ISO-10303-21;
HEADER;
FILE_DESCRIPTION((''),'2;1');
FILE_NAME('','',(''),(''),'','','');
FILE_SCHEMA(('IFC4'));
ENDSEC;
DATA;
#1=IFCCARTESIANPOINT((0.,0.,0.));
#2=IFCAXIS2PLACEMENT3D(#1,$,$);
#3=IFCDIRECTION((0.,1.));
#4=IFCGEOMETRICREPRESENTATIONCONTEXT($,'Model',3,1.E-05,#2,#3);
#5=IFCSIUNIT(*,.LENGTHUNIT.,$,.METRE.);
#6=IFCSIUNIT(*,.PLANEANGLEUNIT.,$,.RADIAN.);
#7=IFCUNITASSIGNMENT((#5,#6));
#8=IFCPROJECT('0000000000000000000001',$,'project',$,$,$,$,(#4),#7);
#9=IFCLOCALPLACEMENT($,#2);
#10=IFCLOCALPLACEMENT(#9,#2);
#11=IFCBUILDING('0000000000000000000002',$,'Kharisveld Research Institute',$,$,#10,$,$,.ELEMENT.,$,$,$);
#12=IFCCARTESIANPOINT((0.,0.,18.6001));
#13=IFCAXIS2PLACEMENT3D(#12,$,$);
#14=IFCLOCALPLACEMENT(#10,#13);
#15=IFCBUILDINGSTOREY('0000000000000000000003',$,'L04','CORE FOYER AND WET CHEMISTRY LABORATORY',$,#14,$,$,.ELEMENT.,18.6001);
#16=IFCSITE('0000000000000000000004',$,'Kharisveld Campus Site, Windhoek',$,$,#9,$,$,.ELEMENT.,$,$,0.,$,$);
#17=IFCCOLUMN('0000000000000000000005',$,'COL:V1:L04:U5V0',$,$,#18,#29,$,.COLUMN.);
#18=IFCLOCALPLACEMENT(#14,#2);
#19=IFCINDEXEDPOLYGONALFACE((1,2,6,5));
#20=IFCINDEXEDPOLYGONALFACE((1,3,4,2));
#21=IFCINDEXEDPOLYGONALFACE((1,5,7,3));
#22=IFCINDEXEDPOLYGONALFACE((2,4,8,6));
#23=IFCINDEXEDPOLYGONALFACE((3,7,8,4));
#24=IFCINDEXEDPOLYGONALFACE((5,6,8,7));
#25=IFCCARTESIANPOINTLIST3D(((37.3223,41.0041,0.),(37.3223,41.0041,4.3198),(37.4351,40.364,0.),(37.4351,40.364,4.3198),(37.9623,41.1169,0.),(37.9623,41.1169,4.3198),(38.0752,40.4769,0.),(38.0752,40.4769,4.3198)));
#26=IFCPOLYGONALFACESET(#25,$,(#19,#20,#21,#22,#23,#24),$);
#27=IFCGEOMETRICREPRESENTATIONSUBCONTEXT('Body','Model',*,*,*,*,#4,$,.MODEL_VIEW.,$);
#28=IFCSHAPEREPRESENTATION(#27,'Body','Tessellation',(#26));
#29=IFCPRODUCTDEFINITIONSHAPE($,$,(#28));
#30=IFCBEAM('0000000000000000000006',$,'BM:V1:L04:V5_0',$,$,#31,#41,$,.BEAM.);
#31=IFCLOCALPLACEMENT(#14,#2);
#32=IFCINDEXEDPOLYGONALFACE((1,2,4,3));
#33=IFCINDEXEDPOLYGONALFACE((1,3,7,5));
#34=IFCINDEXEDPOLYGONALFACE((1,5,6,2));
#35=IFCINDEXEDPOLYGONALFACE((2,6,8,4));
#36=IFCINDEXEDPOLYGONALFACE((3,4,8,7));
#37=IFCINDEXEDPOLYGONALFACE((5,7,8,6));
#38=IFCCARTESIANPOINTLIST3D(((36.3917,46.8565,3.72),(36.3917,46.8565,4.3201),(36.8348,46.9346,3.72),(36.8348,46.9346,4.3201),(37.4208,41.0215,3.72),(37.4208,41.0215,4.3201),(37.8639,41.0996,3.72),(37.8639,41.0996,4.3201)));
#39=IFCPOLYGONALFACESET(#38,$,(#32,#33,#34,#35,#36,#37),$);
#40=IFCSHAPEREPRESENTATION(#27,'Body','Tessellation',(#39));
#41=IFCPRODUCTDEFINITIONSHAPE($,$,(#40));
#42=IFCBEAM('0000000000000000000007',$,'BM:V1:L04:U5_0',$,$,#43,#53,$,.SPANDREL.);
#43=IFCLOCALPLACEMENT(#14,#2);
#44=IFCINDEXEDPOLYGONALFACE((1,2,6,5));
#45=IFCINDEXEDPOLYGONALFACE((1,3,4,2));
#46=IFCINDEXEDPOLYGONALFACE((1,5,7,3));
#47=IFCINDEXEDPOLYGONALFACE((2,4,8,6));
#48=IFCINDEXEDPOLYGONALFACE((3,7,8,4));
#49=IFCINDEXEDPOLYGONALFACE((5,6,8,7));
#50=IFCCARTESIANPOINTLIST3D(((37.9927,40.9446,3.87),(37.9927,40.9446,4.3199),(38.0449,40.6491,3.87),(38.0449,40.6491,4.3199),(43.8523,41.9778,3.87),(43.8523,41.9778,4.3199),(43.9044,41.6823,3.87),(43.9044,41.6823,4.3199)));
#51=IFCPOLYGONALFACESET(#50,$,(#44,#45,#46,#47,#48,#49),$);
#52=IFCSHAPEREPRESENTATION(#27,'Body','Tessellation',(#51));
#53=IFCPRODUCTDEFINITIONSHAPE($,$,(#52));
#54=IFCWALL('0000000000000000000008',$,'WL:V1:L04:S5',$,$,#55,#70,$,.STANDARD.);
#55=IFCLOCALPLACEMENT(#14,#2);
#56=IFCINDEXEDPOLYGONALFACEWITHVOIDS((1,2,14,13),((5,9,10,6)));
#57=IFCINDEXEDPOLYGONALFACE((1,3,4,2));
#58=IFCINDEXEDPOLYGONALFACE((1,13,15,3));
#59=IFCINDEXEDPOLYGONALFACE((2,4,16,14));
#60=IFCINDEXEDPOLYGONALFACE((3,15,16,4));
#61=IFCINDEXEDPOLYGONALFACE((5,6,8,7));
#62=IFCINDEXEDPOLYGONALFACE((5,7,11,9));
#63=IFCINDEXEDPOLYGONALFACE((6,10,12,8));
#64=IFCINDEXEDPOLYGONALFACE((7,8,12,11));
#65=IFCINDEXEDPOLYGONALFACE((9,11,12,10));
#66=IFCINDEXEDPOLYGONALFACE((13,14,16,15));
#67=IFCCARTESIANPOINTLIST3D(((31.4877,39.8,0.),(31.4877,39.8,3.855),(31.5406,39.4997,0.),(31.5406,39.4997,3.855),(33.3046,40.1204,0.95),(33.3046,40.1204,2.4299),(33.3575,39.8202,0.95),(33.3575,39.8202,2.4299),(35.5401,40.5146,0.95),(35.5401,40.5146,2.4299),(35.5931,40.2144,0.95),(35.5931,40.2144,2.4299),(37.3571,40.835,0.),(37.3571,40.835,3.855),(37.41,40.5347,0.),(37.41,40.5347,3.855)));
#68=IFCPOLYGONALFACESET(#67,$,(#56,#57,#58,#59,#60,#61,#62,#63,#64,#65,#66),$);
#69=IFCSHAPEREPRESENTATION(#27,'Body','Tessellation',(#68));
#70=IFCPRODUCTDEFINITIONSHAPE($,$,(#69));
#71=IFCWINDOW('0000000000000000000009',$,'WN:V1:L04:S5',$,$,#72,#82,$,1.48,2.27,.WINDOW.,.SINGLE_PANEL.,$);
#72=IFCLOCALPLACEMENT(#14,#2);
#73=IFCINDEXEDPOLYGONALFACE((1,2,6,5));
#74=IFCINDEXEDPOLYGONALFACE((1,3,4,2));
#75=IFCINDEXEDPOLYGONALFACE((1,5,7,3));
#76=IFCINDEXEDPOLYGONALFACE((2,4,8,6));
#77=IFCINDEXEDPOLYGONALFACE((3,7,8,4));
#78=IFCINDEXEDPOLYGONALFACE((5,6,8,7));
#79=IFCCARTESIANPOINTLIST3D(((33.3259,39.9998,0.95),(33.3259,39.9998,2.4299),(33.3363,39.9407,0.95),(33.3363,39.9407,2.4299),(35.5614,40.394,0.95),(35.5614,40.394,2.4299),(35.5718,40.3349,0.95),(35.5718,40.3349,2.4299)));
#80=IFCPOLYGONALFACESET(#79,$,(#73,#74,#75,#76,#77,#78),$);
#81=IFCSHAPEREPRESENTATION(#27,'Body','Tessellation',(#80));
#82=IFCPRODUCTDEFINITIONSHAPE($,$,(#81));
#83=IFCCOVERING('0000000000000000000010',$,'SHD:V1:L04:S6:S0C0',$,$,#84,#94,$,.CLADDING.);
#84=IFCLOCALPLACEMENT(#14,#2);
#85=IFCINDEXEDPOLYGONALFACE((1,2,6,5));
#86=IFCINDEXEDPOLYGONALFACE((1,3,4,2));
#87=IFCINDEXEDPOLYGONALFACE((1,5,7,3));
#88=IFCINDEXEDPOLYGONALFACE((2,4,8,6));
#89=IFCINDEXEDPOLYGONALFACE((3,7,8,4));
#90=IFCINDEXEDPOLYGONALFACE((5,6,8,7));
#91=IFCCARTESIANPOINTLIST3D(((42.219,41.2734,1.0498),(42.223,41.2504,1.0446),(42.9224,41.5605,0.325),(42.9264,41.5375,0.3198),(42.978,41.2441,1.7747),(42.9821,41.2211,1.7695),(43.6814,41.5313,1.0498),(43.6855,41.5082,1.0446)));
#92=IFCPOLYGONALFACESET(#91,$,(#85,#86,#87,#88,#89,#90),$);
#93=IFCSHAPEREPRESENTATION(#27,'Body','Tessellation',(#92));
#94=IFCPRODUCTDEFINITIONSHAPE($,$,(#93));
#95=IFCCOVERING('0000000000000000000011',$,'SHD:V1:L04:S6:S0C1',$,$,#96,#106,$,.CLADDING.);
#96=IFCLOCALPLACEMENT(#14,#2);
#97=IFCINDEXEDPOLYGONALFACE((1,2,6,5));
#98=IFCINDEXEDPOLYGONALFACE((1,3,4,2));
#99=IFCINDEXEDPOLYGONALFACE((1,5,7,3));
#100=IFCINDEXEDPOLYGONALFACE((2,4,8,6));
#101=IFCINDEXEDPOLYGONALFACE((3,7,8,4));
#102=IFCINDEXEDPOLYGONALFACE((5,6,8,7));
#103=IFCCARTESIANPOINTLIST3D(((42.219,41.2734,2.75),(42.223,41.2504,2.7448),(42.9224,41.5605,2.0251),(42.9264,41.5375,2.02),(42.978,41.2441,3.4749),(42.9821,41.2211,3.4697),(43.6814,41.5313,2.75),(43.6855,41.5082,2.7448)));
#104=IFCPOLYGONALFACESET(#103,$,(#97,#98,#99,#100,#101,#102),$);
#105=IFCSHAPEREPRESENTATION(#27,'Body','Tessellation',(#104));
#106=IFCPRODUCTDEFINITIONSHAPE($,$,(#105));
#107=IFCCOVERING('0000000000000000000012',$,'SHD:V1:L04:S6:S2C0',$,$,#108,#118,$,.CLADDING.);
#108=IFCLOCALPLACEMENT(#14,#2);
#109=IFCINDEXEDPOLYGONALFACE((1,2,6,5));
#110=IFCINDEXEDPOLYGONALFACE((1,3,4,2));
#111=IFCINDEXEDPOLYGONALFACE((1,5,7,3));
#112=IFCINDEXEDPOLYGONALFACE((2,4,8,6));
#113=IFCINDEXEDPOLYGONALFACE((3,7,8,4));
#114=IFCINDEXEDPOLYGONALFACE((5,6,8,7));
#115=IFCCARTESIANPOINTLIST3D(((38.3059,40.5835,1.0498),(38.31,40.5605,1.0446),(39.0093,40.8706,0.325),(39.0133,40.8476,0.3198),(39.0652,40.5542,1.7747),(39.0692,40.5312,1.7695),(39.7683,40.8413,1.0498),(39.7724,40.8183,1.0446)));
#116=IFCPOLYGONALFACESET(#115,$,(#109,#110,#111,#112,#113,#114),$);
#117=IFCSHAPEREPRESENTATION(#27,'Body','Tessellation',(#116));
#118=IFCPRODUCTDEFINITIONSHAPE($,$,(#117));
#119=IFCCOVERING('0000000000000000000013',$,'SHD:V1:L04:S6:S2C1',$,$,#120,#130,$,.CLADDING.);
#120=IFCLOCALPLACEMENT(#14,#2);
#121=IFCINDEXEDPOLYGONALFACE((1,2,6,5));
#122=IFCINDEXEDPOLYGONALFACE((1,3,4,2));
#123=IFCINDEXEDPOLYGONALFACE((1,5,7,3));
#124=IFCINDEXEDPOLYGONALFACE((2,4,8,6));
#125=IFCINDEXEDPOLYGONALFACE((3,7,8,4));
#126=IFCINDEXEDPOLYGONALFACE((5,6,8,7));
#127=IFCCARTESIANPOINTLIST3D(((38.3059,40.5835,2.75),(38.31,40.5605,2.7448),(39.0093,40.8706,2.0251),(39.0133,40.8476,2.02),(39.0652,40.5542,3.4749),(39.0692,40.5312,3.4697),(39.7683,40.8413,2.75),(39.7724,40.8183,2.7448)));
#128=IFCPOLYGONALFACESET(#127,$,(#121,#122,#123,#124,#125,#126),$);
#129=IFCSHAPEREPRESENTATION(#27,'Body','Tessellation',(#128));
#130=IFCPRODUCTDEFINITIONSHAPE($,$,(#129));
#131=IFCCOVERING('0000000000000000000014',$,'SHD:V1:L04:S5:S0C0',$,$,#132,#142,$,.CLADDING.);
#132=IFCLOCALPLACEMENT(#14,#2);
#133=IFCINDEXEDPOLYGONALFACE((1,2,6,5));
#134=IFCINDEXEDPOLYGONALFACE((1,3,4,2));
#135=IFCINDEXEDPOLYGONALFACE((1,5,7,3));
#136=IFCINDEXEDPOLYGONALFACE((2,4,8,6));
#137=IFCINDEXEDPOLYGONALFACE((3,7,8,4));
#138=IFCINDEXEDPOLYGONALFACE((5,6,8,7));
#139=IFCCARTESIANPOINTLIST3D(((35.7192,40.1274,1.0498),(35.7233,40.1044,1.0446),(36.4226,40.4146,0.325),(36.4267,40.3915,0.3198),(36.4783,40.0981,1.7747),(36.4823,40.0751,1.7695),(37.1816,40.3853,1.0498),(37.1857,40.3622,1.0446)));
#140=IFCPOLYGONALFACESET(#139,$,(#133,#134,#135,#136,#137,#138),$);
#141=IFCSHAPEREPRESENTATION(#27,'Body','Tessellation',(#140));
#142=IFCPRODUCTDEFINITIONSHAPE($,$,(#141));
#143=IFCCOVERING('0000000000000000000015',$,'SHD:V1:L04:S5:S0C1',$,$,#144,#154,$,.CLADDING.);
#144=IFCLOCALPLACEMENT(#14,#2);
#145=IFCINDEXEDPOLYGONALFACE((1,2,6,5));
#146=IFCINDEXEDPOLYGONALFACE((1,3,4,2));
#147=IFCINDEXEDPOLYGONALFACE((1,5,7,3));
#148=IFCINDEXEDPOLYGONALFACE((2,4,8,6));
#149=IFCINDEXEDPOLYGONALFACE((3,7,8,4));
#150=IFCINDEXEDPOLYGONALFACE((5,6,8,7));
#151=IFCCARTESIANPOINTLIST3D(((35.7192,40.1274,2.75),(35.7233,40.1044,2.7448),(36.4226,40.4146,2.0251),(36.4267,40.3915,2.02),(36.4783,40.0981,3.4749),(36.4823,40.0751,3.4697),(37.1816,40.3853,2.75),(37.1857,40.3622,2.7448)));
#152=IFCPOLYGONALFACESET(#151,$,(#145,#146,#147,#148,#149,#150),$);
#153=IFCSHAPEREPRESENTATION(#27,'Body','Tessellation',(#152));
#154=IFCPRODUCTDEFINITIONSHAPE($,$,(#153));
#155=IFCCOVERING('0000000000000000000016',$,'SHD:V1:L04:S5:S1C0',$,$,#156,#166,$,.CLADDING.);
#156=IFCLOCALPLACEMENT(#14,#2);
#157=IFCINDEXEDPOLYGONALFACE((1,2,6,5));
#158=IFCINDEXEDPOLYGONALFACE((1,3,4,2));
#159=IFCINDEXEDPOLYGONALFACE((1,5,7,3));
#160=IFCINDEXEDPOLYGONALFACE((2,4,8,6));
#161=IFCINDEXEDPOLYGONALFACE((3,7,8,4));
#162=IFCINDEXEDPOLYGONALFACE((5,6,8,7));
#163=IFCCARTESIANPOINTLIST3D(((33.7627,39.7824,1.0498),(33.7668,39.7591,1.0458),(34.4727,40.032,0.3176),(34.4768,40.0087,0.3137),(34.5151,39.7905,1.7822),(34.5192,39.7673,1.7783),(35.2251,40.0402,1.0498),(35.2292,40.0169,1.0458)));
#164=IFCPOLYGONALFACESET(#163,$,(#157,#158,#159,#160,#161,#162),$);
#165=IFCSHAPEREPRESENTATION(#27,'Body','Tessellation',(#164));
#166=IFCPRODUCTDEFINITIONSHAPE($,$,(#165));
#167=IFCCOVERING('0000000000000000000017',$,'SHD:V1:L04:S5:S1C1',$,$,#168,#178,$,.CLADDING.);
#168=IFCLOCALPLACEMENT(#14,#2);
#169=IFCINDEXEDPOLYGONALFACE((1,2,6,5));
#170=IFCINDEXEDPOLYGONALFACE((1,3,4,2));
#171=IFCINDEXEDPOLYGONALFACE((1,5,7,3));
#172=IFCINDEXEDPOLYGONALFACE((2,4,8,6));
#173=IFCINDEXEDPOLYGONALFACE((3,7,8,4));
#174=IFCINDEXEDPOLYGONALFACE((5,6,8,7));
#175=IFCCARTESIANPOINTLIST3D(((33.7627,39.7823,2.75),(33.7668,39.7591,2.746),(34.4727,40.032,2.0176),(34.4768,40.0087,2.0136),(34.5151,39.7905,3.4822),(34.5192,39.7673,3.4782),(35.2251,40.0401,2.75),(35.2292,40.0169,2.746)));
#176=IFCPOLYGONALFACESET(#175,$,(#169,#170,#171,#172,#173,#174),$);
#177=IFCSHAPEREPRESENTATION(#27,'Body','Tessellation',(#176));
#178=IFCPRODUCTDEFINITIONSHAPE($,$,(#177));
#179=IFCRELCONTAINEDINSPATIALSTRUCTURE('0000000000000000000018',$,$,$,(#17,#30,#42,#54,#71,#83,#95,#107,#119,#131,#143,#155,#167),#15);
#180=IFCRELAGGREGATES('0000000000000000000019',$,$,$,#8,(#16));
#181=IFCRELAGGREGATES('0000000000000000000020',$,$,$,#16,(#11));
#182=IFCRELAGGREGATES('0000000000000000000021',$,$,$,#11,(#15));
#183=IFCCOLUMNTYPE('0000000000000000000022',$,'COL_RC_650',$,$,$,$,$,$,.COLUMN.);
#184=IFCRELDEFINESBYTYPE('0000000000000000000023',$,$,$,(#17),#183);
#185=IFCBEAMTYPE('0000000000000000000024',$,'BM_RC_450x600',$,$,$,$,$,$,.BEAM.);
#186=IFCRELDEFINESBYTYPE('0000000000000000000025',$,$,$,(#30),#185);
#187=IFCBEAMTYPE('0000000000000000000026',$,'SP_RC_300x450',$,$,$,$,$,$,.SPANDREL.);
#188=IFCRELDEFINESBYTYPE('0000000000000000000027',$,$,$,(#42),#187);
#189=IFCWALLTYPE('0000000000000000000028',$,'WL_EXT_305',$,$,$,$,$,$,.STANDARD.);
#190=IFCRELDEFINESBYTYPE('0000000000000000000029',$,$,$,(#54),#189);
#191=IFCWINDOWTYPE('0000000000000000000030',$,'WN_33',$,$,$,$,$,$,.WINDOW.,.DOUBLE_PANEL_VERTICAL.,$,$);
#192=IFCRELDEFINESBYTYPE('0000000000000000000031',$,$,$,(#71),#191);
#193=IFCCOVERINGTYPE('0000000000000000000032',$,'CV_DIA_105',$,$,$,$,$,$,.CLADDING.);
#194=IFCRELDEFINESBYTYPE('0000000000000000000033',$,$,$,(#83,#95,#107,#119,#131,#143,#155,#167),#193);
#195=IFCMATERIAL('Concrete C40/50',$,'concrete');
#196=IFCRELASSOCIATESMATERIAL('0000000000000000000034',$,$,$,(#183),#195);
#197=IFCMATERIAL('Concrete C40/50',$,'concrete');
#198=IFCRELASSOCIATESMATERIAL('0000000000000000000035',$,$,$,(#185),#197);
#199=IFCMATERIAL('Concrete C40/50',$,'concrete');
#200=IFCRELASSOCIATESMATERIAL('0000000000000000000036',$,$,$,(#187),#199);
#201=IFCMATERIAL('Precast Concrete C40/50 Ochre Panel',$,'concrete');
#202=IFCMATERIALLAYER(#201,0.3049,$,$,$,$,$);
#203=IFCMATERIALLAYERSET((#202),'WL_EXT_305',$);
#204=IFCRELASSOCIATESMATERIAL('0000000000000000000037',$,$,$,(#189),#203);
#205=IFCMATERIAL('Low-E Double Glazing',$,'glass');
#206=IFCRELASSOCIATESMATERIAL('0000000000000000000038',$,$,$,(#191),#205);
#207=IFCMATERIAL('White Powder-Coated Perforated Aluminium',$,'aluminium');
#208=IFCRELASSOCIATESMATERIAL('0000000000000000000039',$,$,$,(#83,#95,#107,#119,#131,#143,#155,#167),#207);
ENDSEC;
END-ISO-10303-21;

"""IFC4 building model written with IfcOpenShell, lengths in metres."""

from ifc_helpers import new_model, si_unit, direction, frame, frame_2d, origin, origin_2d, place, context, subcontext, project, spatial, polyline, rectangle, outline, extrude, material, layer, layer_set, material_profile, profile_set, type_object, element, fill, save


model = new_model("IFC4")

# Units and contexts
model_context = context("Model", 3, precision=1e-05, world=origin(), true_north=direction((0.0, 1.0)))
body_context = subcontext(model_context, "Body", "Model", "MODEL_VIEW")
ifc_project = project(units=[si_unit("LENGTHUNIT", "METRE"), si_unit("PLANEANGLEUNIT", "RADIAN")], contexts=[model_context])

# Site, building, storey
site_placement = place(None, origin())
site = spatial("IfcSite", under=ifc_project, at=site_placement, Name="Kharisveld Campus Site, Windhoek", CompositionType="ELEMENT", RefElevation=0.0)
building_placement = place(site_placement, origin())
building = spatial("IfcBuilding", under=site, at=building_placement, Name="Kharisveld Research Institute", CompositionType="ELEMENT")
storey_placement = place(building_placement, frame((0.0, 0.0, 18.6001)))
storey = spatial("IfcBuildingStorey", under=building, at=storey_placement, Name="L04", Description="CORE FOYER AND WET CHEMISTRY LABORATORY", CompositionType="ELEMENT", Elevation=18.6001)

# Column
ifc_material_1 = material(Name="Concrete C40/50", Category="concrete")
ifc_material_profile_1 = material_profile(ifc_material_1, rectangle(XDim=0.6499, YDim=0.6499, at=origin_2d()))
ifc_profile_set_1 = profile_set([ifc_material_profile_1], Name="Concrete C40/50")
column_type = type_object("IfcColumnType", Name="COL_RC_650", PredefinedType="COLUMN", material=ifc_profile_set_1)
column_placement = place(storey_placement, frame((37.6987, 40.7405, 0.0), z_axis=(0.0, 0.0, 1.0), x_axis=(0.984808, 0.173648, 0.0)))
element("IfcColumn", 1, at=column_placement, inside=storey, type_object=column_type, Name="COL:V1:L04:U5V0", PredefinedType="COLUMN", context=body_context, shape_type="SweptSolid", body=[
    extrude(rectangle(XDim=0.6499, YDim=0.6499, at=origin_2d()), origin(), (0.0, 0.0, 1.0), 4.3198),
])

# Beams
ifc_material_2 = material(Name="Concrete C40/50", Category="concrete")
ifc_material_profile_2 = material_profile(ifc_material_2, rectangle(XDim=0.45, YDim=0.6001, at=origin_2d()))
ifc_profile_set_2 = profile_set([ifc_material_profile_2], Name="Concrete C40/50")
beam_type_1 = type_object("IfcBeamType", Name="BM_RC_450x600", PredefinedType="BEAM", material=ifc_profile_set_2)
beam_1_placement = place(storey_placement, frame((37.6423, 41.0605, 4.02), z_axis=(-0.17368, 0.984802, 0.0), x_axis=(-0.984802, -0.17368, 0.0)))
element("IfcBeam", 2, at=beam_1_placement, inside=storey, type_object=beam_type_1, Name="BM:V1:L04:V5_0", PredefinedType="BEAM", context=body_context, shape_type="SweptSolid", body=[
    extrude(rectangle(XDim=0.45, YDim=0.6001, at=origin_2d()), origin(), (0.0, 0.0, 1.0), 5.925),
])
ifc_material_3 = material(Name="Concrete C40/50", Category="concrete")
ifc_material_profile_3 = material_profile(ifc_material_3, rectangle(XDim=0.3, YDim=0.45, at=origin_2d()))
ifc_profile_set_3 = profile_set([ifc_material_profile_3], Name="Concrete C40/50")
beam_type_2 = type_object("IfcBeamType", Name="SP_RC_300x450", PredefinedType="SPANDREL", material=ifc_profile_set_3)
beam_2_placement = place(storey_placement, frame((38.0188, 40.7969, 4.095), z_axis=(0.984808, 0.173647, 0.0), x_axis=(-0.173647, 0.984808, 0.0)))
element("IfcBeam", 3, at=beam_2_placement, inside=storey, type_object=beam_type_2, Name="BM:V1:L04:U5_0", PredefinedType="SPANDREL", context=body_context, shape_type="SweptSolid", body=[
    extrude(rectangle(XDim=0.3, YDim=0.45, at=origin_2d()), origin(), (0.0, 0.0, 1.0), 5.95),
])

# Wall, opening, window
ifc_material_4 = material(Name="Precast Concrete C40/50 Ochre Panel", Category="concrete")
ifc_layer = layer(ifc_material_4, 0.3049)
ifc_layer_set = layer_set([ifc_layer], Name="WL_EXT_305")
wall_type = type_object("IfcWallType", Name="WL_EXT_305", PredefinedType="STANDARD", material=ifc_layer_set)
wall_placement = place(storey_placement, frame((37.3835, 40.6848, 0.0), z_axis=(0.0, 0.0, 1.0), x_axis=(-0.984808, -0.173645, 0.0)))
wall = element("IfcWall", 4, at=wall_placement, inside=storey, type_object=wall_type, Name="WL:V1:L04:S5", PredefinedType="STANDARD", context=body_context, shape_type="SweptSolid", body=[
    extrude(rectangle(XDim=5.96, YDim=0.3049, at=frame_2d((2.98, 0.0))), origin(), (0.0, 0.0, 1.0), 3.855),
])
opening_placement = place(wall_placement, frame((1.845, 0.0, 0.95)))
opening = element("IfcOpeningElement", 5, at=opening_placement, cuts=wall, PredefinedType="OPENING", context=body_context, shape_type="SweptSolid", body=[
    extrude(rectangle(XDim=2.27, YDim=1.48, at=frame_2d((1.135, 0.74))), frame((0.0, 0.1523, 0.0), z_axis=(0.0, -1.0, 0.0), x_axis=(1.0, 0.0, 0.0)), (0.0, 0.0, 1.0), 0.3049),
])
ifc_material_5 = material(Name="Low-E Double Glazing", Category="glass")
window_type = type_object("IfcWindowType", Name="WN_33", PartitioningType="DOUBLE_PANEL_VERTICAL", PredefinedType="WINDOW", material=ifc_material_5)
window_placement = place(opening_placement, origin())
window = element("IfcWindow", 6, at=window_placement, inside=storey, type_object=window_type, Name="WN:V1:L04:S5", OverallHeight=1.48, OverallWidth=2.27, PartitioningType="SINGLE_PANEL", PredefinedType="WINDOW", context=body_context, shape_type="SweptSolid", body=[
    extrude(rectangle(XDim=2.27, YDim=1.48, at=frame_2d((1.135, 0.74))), frame((0.0, 0.03, 0.0), z_axis=(0.0, -1.0, 0.0), x_axis=(1.0, 0.0, 0.0)), (0.0, 0.0, 1.0), 0.0601),
])
fill(opening, window)

# Coverings
ifc_material_6 = material(Name="White Powder-Coated Perforated Aluminium", Category="aluminium")
covering_type = type_object("IfcCoveringType", Name="CV_DIA_105", PredefinedType="CLADDING")
for number, where, z_axis, x_axis, name in (
    (7, (42.9224, 41.5605, 0.325), (-0.169504, 0.961487, 0.216358), (-0.669853, -0.273429, 0.690314), "SHD:V1:L04:S6:S0C0"),
    (8, (42.9224, 41.5605, 2.0251), (-0.169504, 0.961487, 0.216358), (-0.669853, -0.273429, 0.690314), "SHD:V1:L04:S6:S0C1"),
):
    element("IfcCovering", number, at=place(storey_placement, frame(where, z_axis=z_axis, x_axis=x_axis)), inside=storey, type_object=covering_type, material=ifc_material_6, Name=name, PredefinedType="CLADDING", context=body_context, shape_type="SweptSolid", body=[
        extrude(outline(polyline([(0.0, 0.0), (1.05, 0.0), (1.05, 1.05), (-0.0001, 1.05), (0.0, 0.0)])), origin(), (0.0, 0.0, -1.0), 0.0239),
    ])
for number, where, z_axis, x_axis, name in (
    (9, (39.0093, 40.8706, 0.325), (-0.169503, 0.961481, 0.216385), (-0.66985, -0.273447, 0.69031), "SHD:V1:L04:S6:S2C0"),
    (10, (39.0093, 40.8706, 2.0251), (-0.169503, 0.961481, 0.216385), (-0.66985, -0.273447, 0.69031), "SHD:V1:L04:S6:S2C1"),
):
    element("IfcCovering", number, at=place(storey_placement, frame(where, z_axis=z_axis, x_axis=x_axis)), inside=storey, type_object=covering_type, material=ifc_material_6, Name=name, PredefinedType="CLADDING", context=body_context, shape_type="SweptSolid", body=[
        extrude(outline(polyline([(0.0, 0.0), (1.05, 0.0), (1.0498, 1.0501), (-0.0001, 1.05), (0.0, 0.0)])), origin(), (0.0, 0.0, -1.0), 0.0239),
    ])
for number, where, z_axis, x_axis, name in (
    (11, (36.4226, 40.4146, 0.325), (-0.169504, 0.961487, 0.216358), (-0.669853, -0.273429, 0.690314), "SHD:V1:L04:S5:S0C0"),
    (12, (36.4226, 40.4146, 2.0251), (-0.169504, 0.961487, 0.216358), (-0.669853, -0.273429, 0.690314), "SHD:V1:L04:S5:S0C1"),
):
    element("IfcCovering", number, at=place(storey_placement, frame(where, z_axis=z_axis, x_axis=x_axis)), inside=storey, type_object=covering_type, material=ifc_material_6, Name=name, PredefinedType="CLADDING", context=body_context, shape_type="SweptSolid", body=[
        extrude(outline(polyline([(0.0, 0.0), (1.05, 0.0), (1.05, 1.05), (-0.0001, 1.05), (0.0, 0.0)])), origin(), (0.0, 0.0, -1.0), 0.0239),
    ])
covering_1_placement = place(storey_placement, frame((34.4727, 40.032, 0.3176), z_axis=(-0.171234, 0.971299, 0.165096), x_axis=(-0.676173, -0.237734, 0.697333)))
element("IfcCovering", 13, at=covering_1_placement, inside=storey, type_object=covering_type, material=ifc_material_6, Name="SHD:V1:L04:S5:S1C0", PredefinedType="CLADDING", context=body_context, shape_type="SweptSolid", body=[
    extrude(outline(polyline([(0.0, 0.0), (1.0499, 0.0), (1.05, 1.0501), (-0.0002, 1.0499), (0.0, 0.0)])), origin(), (0.0, 0.0, -1.0), 0.0239),
])
covering_2_placement = place(storey_placement, frame((34.4727, 40.032, 2.0176), z_axis=(-0.171234, 0.971299, 0.165096), x_axis=(-0.676056, -0.237732, 0.697446)))
element("IfcCovering", 14, at=covering_2_placement, inside=storey, type_object=covering_type, material=ifc_material_6, Name="SHD:V1:L04:S5:S1C1", PredefinedType="CLADDING", context=body_context, shape_type="SweptSolid", body=[
    extrude(outline(polyline([(0.0, 0.0), (1.0501, 0.0), (1.0502, 1.0499), (0.0002, 1.0501), (0.0, 0.0)])), origin(), (0.0, 0.0, -1.0), 0.0239),
])

save(model, "model.ifc")
